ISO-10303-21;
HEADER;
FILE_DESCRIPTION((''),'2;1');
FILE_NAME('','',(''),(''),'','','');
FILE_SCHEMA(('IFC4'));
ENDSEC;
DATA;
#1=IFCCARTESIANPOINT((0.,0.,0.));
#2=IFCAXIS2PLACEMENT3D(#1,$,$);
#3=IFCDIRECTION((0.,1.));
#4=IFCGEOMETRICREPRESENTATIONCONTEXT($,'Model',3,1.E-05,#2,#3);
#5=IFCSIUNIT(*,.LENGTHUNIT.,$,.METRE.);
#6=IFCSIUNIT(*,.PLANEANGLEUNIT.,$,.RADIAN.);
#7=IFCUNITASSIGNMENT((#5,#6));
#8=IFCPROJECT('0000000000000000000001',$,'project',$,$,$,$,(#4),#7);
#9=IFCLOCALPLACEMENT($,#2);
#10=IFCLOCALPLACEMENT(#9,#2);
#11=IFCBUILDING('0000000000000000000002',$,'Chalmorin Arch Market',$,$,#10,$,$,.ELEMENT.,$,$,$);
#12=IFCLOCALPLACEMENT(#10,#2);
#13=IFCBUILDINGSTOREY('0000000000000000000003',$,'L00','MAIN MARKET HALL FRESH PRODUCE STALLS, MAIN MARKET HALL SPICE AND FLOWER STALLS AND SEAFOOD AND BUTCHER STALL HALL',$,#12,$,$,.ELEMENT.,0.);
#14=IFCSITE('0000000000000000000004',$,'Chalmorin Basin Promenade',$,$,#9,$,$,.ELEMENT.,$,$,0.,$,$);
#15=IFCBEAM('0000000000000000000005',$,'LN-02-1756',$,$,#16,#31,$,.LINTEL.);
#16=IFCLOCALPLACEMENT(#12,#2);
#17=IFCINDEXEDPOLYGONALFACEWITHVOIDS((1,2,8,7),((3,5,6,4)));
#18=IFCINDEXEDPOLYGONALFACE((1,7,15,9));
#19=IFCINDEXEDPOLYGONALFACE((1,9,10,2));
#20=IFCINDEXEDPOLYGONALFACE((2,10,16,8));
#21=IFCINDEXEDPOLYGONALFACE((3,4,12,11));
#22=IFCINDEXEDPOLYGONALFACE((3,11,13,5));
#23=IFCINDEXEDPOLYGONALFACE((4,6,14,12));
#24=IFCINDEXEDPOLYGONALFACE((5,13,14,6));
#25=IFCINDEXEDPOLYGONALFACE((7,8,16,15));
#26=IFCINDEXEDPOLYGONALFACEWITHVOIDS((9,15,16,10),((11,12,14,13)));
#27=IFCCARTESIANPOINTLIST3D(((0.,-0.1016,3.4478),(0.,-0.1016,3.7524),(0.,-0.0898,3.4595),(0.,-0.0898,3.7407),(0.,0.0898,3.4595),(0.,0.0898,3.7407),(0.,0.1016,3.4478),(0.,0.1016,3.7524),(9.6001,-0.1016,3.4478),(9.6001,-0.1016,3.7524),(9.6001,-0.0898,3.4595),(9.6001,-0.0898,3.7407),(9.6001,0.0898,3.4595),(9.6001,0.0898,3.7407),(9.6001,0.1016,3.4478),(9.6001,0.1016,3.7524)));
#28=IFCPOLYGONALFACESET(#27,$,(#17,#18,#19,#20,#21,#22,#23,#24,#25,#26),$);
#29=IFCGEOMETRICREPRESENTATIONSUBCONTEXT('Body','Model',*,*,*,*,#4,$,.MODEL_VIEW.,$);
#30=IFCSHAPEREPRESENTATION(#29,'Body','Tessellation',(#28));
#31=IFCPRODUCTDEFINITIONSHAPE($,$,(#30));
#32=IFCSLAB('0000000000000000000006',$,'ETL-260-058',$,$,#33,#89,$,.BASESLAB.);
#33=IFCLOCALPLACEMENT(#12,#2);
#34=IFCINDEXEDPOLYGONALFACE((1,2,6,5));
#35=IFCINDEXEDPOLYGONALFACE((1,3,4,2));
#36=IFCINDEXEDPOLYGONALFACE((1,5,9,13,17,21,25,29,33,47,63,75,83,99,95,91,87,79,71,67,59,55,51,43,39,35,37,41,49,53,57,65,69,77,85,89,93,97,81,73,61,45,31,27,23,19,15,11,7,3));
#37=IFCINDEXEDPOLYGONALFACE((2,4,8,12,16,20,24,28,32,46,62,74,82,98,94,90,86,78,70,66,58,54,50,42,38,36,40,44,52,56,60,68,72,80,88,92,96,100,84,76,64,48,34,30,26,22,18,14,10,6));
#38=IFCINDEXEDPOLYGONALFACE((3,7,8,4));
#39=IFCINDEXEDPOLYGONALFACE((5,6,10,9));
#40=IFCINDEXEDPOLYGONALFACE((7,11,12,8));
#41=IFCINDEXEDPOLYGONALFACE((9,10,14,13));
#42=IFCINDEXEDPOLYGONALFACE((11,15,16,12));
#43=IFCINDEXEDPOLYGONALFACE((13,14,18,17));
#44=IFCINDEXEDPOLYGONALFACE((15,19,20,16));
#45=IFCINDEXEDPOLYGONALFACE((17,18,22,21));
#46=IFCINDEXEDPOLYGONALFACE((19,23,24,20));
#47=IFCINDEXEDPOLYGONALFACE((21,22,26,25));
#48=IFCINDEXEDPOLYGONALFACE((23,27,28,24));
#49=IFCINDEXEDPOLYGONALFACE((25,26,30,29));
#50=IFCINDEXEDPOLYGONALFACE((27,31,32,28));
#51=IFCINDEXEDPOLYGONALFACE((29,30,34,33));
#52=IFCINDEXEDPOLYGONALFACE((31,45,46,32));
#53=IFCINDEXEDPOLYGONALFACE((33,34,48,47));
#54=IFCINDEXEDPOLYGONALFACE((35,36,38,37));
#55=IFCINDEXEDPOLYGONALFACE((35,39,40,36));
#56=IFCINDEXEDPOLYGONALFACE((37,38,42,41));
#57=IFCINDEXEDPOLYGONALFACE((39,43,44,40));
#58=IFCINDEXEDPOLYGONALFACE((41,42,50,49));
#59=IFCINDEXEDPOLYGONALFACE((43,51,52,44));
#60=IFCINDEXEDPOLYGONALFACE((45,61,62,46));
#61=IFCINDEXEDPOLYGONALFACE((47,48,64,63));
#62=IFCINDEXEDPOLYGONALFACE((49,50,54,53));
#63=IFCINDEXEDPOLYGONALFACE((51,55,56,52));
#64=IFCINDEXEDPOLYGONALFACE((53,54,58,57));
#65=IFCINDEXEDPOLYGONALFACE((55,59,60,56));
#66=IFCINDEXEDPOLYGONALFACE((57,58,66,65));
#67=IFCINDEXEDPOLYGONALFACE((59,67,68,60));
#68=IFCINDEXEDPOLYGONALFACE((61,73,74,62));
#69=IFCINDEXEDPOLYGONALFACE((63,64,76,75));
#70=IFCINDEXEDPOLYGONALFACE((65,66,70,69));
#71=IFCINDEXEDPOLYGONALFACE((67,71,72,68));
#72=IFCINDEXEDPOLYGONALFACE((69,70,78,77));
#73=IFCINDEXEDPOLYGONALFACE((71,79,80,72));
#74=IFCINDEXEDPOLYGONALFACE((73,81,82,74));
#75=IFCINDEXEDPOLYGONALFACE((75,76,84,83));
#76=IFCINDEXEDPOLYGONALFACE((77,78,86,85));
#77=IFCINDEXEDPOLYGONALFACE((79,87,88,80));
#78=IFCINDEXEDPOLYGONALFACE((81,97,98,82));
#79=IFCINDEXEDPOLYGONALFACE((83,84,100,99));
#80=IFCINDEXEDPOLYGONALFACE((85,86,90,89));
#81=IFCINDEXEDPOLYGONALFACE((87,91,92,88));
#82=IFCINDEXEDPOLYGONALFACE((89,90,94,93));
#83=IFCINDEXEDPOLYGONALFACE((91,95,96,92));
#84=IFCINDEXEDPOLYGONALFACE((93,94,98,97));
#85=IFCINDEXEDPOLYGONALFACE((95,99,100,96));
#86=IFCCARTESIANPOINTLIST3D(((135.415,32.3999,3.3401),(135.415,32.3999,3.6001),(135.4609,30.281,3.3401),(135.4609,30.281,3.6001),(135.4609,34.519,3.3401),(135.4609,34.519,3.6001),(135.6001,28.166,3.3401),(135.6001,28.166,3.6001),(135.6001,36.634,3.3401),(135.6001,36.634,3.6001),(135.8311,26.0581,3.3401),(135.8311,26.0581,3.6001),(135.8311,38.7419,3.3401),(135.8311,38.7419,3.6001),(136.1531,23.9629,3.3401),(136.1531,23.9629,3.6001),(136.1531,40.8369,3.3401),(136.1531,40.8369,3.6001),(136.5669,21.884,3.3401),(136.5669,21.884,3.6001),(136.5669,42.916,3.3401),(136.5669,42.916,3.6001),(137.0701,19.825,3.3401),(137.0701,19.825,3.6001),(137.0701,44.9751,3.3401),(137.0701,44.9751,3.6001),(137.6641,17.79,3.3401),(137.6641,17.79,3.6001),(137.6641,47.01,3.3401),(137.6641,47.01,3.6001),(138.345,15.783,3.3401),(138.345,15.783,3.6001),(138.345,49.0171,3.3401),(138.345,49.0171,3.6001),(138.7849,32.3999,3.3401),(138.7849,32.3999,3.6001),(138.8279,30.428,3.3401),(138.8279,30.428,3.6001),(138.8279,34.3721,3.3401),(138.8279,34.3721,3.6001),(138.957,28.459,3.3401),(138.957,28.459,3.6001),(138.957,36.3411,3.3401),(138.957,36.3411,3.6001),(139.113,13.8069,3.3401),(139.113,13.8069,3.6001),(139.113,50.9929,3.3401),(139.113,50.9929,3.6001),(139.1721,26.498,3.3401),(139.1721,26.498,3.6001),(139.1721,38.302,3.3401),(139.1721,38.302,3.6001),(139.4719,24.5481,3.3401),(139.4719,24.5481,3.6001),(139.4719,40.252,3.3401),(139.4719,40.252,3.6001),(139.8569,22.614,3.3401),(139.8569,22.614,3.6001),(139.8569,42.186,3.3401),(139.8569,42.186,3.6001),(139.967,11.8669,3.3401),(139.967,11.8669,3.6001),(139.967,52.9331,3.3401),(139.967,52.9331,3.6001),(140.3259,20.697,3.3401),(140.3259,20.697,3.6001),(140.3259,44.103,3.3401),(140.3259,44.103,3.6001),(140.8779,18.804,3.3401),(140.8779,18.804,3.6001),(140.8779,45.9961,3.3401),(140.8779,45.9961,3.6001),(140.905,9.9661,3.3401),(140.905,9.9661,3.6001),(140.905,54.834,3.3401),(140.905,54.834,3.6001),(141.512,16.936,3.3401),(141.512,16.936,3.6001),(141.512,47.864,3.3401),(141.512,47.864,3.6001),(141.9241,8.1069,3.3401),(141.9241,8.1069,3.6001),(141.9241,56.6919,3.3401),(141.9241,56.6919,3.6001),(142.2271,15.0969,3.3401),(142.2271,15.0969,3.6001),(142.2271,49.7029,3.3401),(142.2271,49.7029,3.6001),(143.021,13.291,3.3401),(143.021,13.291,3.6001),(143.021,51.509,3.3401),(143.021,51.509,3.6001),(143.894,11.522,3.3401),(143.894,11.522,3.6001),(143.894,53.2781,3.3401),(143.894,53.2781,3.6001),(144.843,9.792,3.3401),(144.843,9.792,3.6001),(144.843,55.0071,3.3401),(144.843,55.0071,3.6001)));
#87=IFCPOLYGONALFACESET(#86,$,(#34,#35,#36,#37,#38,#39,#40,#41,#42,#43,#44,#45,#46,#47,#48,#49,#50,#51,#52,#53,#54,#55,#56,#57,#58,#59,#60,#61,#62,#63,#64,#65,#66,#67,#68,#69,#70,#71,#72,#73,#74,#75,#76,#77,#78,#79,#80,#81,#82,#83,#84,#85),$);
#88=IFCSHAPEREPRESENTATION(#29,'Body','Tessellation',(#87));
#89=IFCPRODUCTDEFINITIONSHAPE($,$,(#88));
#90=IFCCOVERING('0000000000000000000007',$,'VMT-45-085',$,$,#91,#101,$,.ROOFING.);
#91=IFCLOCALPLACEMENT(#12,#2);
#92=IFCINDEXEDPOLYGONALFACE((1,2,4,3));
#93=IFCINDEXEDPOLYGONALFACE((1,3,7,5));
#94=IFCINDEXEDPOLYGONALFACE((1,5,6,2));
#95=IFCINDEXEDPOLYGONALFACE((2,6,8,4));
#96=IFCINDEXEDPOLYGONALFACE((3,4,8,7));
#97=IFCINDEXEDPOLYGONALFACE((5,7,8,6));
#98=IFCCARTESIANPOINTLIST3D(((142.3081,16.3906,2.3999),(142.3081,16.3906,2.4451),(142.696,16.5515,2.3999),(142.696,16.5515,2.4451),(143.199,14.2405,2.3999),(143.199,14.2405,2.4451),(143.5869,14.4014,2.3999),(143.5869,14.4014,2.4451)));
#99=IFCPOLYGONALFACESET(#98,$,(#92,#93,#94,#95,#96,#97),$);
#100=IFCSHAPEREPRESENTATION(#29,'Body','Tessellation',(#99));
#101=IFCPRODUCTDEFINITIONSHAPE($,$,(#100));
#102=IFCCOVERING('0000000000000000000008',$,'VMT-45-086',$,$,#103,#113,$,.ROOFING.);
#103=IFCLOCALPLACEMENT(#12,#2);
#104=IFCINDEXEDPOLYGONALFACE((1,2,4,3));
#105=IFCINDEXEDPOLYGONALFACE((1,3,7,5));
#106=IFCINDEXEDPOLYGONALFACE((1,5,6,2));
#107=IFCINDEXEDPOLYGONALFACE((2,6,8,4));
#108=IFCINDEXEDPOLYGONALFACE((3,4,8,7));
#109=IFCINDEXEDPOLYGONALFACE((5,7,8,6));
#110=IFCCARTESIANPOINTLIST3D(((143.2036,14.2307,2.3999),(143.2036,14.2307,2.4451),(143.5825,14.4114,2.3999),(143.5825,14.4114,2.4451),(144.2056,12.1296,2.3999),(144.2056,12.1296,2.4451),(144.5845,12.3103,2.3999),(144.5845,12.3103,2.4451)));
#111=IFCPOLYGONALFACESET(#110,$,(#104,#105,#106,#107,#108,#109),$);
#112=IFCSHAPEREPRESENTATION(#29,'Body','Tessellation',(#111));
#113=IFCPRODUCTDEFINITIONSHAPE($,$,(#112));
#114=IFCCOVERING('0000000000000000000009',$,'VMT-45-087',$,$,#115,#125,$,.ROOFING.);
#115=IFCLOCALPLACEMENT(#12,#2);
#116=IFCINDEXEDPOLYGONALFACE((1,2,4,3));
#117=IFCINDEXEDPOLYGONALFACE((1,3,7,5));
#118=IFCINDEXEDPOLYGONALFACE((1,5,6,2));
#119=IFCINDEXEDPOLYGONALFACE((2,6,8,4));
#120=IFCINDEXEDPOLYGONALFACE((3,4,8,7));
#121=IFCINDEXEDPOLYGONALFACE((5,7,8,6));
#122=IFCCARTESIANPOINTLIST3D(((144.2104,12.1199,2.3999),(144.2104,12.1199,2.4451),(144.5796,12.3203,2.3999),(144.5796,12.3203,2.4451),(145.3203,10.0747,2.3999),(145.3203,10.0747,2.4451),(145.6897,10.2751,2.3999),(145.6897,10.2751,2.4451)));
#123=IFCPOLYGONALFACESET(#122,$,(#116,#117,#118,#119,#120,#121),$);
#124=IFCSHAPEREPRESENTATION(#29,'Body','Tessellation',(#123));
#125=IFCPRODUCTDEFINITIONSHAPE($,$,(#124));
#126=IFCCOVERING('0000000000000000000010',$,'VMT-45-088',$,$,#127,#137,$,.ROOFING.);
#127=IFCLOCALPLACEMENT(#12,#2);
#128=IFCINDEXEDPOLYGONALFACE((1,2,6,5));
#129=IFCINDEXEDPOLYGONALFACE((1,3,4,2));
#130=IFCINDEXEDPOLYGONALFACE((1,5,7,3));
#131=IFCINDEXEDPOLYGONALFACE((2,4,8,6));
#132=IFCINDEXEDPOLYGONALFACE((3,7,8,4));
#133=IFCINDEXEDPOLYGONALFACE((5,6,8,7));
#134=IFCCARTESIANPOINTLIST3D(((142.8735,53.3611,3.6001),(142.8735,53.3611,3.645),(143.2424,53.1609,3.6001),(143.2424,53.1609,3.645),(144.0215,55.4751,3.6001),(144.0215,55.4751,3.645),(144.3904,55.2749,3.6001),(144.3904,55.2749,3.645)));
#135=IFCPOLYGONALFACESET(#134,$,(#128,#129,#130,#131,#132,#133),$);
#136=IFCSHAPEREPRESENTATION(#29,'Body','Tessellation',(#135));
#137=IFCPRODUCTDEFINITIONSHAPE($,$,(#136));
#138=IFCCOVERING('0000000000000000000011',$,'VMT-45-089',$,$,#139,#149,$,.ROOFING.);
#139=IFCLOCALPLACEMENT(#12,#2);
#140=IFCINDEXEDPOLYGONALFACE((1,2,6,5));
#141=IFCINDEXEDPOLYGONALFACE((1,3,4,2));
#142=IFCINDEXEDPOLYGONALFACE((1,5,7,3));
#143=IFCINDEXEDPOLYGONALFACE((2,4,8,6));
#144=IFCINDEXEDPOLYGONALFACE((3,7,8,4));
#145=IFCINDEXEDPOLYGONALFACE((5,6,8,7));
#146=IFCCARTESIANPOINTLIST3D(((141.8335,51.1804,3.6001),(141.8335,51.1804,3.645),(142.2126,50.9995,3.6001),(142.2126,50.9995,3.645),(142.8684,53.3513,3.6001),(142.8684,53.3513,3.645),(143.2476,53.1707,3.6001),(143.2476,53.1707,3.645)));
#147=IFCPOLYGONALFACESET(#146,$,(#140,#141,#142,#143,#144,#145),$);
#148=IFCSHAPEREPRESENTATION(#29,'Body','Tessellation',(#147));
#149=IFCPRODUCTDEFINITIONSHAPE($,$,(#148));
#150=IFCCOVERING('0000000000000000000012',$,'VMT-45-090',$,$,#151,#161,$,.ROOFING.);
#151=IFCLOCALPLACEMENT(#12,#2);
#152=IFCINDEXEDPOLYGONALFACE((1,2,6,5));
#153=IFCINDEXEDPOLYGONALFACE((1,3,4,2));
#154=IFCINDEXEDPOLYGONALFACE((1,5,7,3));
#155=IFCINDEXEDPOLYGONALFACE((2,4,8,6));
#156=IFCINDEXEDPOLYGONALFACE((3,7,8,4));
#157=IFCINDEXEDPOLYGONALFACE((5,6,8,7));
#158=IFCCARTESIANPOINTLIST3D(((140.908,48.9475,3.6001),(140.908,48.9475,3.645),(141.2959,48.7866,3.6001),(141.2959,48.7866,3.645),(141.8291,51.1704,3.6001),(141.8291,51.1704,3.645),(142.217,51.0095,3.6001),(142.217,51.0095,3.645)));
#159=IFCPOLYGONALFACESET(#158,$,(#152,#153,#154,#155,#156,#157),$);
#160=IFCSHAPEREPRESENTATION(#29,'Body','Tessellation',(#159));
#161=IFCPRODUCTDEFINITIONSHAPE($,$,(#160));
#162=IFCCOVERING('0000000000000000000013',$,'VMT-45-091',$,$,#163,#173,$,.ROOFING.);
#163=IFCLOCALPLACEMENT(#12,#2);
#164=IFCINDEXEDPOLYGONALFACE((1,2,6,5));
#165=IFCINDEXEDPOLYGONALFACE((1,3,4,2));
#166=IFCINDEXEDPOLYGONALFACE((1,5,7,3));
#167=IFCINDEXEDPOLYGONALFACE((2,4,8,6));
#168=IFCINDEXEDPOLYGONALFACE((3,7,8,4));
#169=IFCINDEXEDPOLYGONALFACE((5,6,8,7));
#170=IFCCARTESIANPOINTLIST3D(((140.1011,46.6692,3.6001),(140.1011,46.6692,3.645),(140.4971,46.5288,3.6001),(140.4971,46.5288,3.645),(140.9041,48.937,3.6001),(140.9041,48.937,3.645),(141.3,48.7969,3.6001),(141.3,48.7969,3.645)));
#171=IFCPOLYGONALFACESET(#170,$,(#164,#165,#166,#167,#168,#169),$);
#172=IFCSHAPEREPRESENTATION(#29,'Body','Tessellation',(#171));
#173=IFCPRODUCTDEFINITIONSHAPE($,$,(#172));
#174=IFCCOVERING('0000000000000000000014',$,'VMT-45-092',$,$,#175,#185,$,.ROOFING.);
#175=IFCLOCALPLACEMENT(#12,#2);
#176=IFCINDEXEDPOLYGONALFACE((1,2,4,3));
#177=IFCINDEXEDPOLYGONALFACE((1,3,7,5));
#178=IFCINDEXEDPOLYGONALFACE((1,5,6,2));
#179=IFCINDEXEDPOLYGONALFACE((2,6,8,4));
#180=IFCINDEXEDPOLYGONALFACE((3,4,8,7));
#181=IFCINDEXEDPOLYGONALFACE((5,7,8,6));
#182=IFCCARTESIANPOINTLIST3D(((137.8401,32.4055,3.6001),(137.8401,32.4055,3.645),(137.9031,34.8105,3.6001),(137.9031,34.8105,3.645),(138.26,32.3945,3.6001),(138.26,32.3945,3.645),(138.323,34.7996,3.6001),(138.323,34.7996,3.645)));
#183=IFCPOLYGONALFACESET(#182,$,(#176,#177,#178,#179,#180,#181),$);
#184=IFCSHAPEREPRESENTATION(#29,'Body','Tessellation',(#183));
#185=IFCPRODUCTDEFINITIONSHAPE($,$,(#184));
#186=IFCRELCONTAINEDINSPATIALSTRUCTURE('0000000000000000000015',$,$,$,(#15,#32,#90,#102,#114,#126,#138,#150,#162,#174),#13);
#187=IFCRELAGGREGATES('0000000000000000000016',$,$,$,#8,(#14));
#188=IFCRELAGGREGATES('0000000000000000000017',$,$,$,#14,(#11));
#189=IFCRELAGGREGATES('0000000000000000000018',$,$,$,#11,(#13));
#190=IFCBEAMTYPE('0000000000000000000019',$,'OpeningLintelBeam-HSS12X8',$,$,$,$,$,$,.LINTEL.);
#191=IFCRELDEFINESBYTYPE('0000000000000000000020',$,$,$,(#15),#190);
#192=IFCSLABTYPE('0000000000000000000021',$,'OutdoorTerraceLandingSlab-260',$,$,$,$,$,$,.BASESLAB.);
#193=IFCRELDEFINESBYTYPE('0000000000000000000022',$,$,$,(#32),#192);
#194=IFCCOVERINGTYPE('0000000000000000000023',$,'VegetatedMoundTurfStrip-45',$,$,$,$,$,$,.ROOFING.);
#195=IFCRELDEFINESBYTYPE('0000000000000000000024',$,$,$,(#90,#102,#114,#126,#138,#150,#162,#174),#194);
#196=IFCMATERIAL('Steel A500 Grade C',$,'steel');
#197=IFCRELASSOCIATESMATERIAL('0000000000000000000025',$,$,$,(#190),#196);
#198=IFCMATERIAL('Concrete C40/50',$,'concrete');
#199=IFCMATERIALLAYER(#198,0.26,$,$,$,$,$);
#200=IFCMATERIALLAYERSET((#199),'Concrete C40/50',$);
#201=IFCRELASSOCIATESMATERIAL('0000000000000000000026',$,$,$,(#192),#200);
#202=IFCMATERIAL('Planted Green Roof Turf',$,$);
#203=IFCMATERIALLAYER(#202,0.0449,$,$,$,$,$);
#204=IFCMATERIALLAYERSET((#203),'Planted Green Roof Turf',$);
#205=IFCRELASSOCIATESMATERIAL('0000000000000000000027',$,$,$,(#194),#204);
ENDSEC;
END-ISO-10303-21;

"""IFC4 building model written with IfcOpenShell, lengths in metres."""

from ifc_helpers import new_model, si_unit, direction, frame, origin, origin_2d, place, context, subcontext, project, spatial, polyline, hollow_rectangle, outline, extrude, material, layer, layer_set, material_profile, profile_set, type_object, element, save


model = new_model("IFC4")

# Units and contexts
model_context = context("Model", 3, precision=1e-05, world=origin(), true_north=direction((0.0, 1.0)))
body_context = subcontext(model_context, "Body", "Model", "MODEL_VIEW")
ifc_project = project(units=[si_unit("LENGTHUNIT", "METRE"), si_unit("PLANEANGLEUNIT", "RADIAN")], contexts=[model_context])

# Site, building, storey
site_placement = place(None, origin())
site = spatial("IfcSite", under=ifc_project, at=site_placement, Name="Chalmorin Basin Promenade", CompositionType="ELEMENT", RefElevation=0.0)
building_placement = place(site_placement, origin())
building = spatial("IfcBuilding", under=site, at=building_placement, Name="Chalmorin Arch Market", CompositionType="ELEMENT")
storey_placement = place(building_placement, origin())
storey = spatial("IfcBuildingStorey", under=building, at=storey_placement, Name="L00", Description="MAIN MARKET HALL FRESH PRODUCE STALLS, MAIN MARKET HALL SPICE AND FLOWER STALLS AND SEAFOOD AND BUTCHER STALL HALL", CompositionType="ELEMENT", Elevation=0.0)

# Beam
ifc_material_1 = material(Name="Steel A500 Grade C", Category="steel")
ifc_material_profile = material_profile(ifc_material_1, hollow_rectangle(XDim=0.2031, YDim=0.3047, WallThickness=0.0117, at=origin_2d()), Name="HSS12X8X1/2")
ifc_profile_set = profile_set([ifc_material_profile], Name="Steel A500 Grade C")
beam_type = type_object("IfcBeamType", Name="OpeningLintelBeam-HSS12X8", PredefinedType="LINTEL", material=ifc_profile_set)
beam_placement = place(storey_placement, frame((0.0, 0.0, 3.6001), z_axis=(1.0, 0.0, 0.0), x_axis=(0.0, 1.0, 0.0)))
element("IfcBeam", 1, at=beam_placement, inside=storey, type_object=beam_type, Name="LN-02-1756", PredefinedType="LINTEL", context=body_context, shape_type="SweptSolid", body=[
    extrude(hollow_rectangle(XDim=0.2031, YDim=0.3047, WallThickness=0.0117, at=origin_2d()), origin(), (0.0, 0.0, 1.0), 9.6001),
])

# Slab
ifc_material_2 = material(Name="Concrete C40/50", Category="concrete")
ifc_layer_1 = layer(ifc_material_2, 0.26)
ifc_layer_set_1 = layer_set([ifc_layer_1], Name="Concrete C40/50")
slab_type = type_object("IfcSlabType", Name="OutdoorTerraceLandingSlab-260", PredefinedType="BASESLAB", material=ifc_layer_set_1)
slab_placement = place(storey_placement, frame((0.0, 0.0, 3.3401)))
element("IfcSlab", 2, at=slab_placement, inside=storey, type_object=slab_type, Name="ETL-260-058", PredefinedType="BASESLAB", context=body_context, shape_type="SweptSolid", body=[
    extrude(outline(polyline([(141.9241, 56.6919), (140.905, 54.834), (139.967, 52.9331), (139.113, 50.9929), (138.345, 49.0171), (137.6641, 47.01), (137.0701, 44.9751), (136.5669, 42.916), (136.1531, 40.8369), (135.8311, 38.7419), (135.6001, 36.634), (135.4609, 34.519), (135.415, 32.3999), (135.4609, 30.281), (135.6001, 28.166), (135.8311, 26.0581), (136.1531, 23.9629), (136.5669, 21.884), (137.0701, 19.825), (137.6641, 17.79), (138.345, 15.783), (139.113, 13.8069), (139.967, 11.8669), (140.905, 9.9661), (141.9241, 8.1069), (144.843, 9.792), (143.894, 11.522), (143.021, 13.291), (142.2271, 15.0969), (141.512, 16.936), (140.8779, 18.804), (140.3259, 20.697), (139.8569, 22.614), (139.4719, 24.5481), (139.1721, 26.498), (138.957, 28.459), (138.8279, 30.428), (138.7849, 32.3999), (138.8279, 34.3721), (138.957, 36.3411), (139.1721, 38.302), (139.4719, 40.252), (139.8569, 42.186), (140.3259, 44.103), (140.8779, 45.9961), (141.512, 47.864), (142.2271, 49.7029), (143.021, 51.509), (143.894, 53.2781), (144.843, 55.0071), (141.9241, 56.6919)])), origin(), (0.0, 0.0, 1.0), 0.26),
])

# Coverings
ifc_material_3 = material(Name="Planted Green Roof Turf")
ifc_layer_2 = layer(ifc_material_3, 0.0449)
ifc_layer_set_2 = layer_set([ifc_layer_2], Name="Planted Green Roof Turf")
covering_type = type_object("IfcCoveringType", Name="VegetatedMoundTurfStrip-45", PredefinedType="ROOFING", material=ifc_layer_set_2)
covering_1_placement = place(storey_placement, frame((0.0, 0.0, 2.3999)))
element("IfcCovering", 3, at=covering_1_placement, inside=storey, type_object=covering_type, Name="VMT-45-085", PredefinedType="ROOFING", context=body_context, shape_type="SweptSolid", body=[
    extrude(outline(polyline([(142.3081, 16.3906), (143.199, 14.2405), (143.5869, 14.4014), (142.696, 16.5515), (142.3081, 16.3906)])), origin(), (0.0, 0.0, 1.0), 0.0452),
])
covering_2_placement = place(storey_placement, frame((0.0, 0.0, 2.3999)))
element("IfcCovering", 4, at=covering_2_placement, inside=storey, type_object=covering_type, Name="VMT-45-086", PredefinedType="ROOFING", context=body_context, shape_type="SweptSolid", body=[
    extrude(outline(polyline([(143.2036, 14.2307), (144.2056, 12.1296), (144.5845, 12.3103), (143.5825, 14.4114), (143.2036, 14.2307)])), origin(), (0.0, 0.0, 1.0), 0.0452),
])
covering_3_placement = place(storey_placement, frame((0.0, 0.0, 2.3999)))
element("IfcCovering", 5, at=covering_3_placement, inside=storey, type_object=covering_type, Name="VMT-45-087", PredefinedType="ROOFING", context=body_context, shape_type="SweptSolid", body=[
    extrude(outline(polyline([(144.2104, 12.1199), (145.3203, 10.0747), (145.6897, 10.2751), (144.5796, 12.3203), (144.2104, 12.1199)])), origin(), (0.0, 0.0, 1.0), 0.0452),
])
covering_4_placement = place(storey_placement, frame((0.0, 0.0, 3.6001)))
element("IfcCovering", 6, at=covering_4_placement, inside=storey, type_object=covering_type, Name="VMT-45-088", PredefinedType="ROOFING", context=body_context, shape_type="SweptSolid", body=[
    extrude(outline(polyline([(144.0215, 55.4751), (142.8735, 53.3611), (143.2424, 53.1609), (144.3904, 55.2749), (144.0215, 55.4751)])), origin(), (0.0, 0.0, 1.0), 0.0449),
])
covering_5_placement = place(storey_placement, frame((0.0, 0.0, 3.6001)))
element("IfcCovering", 7, at=covering_5_placement, inside=storey, type_object=covering_type, Name="VMT-45-089", PredefinedType="ROOFING", context=body_context, shape_type="SweptSolid", body=[
    extrude(outline(polyline([(142.8684, 53.3513), (141.8335, 51.1804), (142.2126, 50.9995), (143.2476, 53.1707), (142.8684, 53.3513)])), origin(), (0.0, 0.0, 1.0), 0.0449),
])
covering_6_placement = place(storey_placement, frame((0.0, 0.0, 3.6001)))
element("IfcCovering", 8, at=covering_6_placement, inside=storey, type_object=covering_type, Name="VMT-45-090", PredefinedType="ROOFING", context=body_context, shape_type="SweptSolid", body=[
    extrude(outline(polyline([(141.8291, 51.1704), (140.908, 48.9475), (141.2959, 48.7866), (142.217, 51.0095), (141.8291, 51.1704)])), origin(), (0.0, 0.0, 1.0), 0.0449),
])
covering_7_placement = place(storey_placement, frame((0.0, 0.0, 3.6001)))
element("IfcCovering", 9, at=covering_7_placement, inside=storey, type_object=covering_type, Name="VMT-45-091", PredefinedType="ROOFING", context=body_context, shape_type="SweptSolid", body=[
    extrude(outline(polyline([(140.9041, 48.937), (140.1011, 46.6692), (140.4971, 46.5288), (141.3, 48.7969), (140.9041, 48.937)])), origin(), (0.0, 0.0, 1.0), 0.0449),
])
covering_8_placement = place(storey_placement, frame((0.0, 0.0, 3.6001)))
element("IfcCovering", 10, at=covering_8_placement, inside=storey, type_object=covering_type, Name="VMT-45-092", PredefinedType="ROOFING", context=body_context, shape_type="SweptSolid", body=[
    extrude(outline(polyline([(137.9031, 34.8105), (137.8401, 32.4055), (138.26, 32.3945), (138.323, 34.7996), (137.9031, 34.8105)])), origin(), (0.0, 0.0, 1.0), 0.0449),
])

save(model, "model.ifc")
